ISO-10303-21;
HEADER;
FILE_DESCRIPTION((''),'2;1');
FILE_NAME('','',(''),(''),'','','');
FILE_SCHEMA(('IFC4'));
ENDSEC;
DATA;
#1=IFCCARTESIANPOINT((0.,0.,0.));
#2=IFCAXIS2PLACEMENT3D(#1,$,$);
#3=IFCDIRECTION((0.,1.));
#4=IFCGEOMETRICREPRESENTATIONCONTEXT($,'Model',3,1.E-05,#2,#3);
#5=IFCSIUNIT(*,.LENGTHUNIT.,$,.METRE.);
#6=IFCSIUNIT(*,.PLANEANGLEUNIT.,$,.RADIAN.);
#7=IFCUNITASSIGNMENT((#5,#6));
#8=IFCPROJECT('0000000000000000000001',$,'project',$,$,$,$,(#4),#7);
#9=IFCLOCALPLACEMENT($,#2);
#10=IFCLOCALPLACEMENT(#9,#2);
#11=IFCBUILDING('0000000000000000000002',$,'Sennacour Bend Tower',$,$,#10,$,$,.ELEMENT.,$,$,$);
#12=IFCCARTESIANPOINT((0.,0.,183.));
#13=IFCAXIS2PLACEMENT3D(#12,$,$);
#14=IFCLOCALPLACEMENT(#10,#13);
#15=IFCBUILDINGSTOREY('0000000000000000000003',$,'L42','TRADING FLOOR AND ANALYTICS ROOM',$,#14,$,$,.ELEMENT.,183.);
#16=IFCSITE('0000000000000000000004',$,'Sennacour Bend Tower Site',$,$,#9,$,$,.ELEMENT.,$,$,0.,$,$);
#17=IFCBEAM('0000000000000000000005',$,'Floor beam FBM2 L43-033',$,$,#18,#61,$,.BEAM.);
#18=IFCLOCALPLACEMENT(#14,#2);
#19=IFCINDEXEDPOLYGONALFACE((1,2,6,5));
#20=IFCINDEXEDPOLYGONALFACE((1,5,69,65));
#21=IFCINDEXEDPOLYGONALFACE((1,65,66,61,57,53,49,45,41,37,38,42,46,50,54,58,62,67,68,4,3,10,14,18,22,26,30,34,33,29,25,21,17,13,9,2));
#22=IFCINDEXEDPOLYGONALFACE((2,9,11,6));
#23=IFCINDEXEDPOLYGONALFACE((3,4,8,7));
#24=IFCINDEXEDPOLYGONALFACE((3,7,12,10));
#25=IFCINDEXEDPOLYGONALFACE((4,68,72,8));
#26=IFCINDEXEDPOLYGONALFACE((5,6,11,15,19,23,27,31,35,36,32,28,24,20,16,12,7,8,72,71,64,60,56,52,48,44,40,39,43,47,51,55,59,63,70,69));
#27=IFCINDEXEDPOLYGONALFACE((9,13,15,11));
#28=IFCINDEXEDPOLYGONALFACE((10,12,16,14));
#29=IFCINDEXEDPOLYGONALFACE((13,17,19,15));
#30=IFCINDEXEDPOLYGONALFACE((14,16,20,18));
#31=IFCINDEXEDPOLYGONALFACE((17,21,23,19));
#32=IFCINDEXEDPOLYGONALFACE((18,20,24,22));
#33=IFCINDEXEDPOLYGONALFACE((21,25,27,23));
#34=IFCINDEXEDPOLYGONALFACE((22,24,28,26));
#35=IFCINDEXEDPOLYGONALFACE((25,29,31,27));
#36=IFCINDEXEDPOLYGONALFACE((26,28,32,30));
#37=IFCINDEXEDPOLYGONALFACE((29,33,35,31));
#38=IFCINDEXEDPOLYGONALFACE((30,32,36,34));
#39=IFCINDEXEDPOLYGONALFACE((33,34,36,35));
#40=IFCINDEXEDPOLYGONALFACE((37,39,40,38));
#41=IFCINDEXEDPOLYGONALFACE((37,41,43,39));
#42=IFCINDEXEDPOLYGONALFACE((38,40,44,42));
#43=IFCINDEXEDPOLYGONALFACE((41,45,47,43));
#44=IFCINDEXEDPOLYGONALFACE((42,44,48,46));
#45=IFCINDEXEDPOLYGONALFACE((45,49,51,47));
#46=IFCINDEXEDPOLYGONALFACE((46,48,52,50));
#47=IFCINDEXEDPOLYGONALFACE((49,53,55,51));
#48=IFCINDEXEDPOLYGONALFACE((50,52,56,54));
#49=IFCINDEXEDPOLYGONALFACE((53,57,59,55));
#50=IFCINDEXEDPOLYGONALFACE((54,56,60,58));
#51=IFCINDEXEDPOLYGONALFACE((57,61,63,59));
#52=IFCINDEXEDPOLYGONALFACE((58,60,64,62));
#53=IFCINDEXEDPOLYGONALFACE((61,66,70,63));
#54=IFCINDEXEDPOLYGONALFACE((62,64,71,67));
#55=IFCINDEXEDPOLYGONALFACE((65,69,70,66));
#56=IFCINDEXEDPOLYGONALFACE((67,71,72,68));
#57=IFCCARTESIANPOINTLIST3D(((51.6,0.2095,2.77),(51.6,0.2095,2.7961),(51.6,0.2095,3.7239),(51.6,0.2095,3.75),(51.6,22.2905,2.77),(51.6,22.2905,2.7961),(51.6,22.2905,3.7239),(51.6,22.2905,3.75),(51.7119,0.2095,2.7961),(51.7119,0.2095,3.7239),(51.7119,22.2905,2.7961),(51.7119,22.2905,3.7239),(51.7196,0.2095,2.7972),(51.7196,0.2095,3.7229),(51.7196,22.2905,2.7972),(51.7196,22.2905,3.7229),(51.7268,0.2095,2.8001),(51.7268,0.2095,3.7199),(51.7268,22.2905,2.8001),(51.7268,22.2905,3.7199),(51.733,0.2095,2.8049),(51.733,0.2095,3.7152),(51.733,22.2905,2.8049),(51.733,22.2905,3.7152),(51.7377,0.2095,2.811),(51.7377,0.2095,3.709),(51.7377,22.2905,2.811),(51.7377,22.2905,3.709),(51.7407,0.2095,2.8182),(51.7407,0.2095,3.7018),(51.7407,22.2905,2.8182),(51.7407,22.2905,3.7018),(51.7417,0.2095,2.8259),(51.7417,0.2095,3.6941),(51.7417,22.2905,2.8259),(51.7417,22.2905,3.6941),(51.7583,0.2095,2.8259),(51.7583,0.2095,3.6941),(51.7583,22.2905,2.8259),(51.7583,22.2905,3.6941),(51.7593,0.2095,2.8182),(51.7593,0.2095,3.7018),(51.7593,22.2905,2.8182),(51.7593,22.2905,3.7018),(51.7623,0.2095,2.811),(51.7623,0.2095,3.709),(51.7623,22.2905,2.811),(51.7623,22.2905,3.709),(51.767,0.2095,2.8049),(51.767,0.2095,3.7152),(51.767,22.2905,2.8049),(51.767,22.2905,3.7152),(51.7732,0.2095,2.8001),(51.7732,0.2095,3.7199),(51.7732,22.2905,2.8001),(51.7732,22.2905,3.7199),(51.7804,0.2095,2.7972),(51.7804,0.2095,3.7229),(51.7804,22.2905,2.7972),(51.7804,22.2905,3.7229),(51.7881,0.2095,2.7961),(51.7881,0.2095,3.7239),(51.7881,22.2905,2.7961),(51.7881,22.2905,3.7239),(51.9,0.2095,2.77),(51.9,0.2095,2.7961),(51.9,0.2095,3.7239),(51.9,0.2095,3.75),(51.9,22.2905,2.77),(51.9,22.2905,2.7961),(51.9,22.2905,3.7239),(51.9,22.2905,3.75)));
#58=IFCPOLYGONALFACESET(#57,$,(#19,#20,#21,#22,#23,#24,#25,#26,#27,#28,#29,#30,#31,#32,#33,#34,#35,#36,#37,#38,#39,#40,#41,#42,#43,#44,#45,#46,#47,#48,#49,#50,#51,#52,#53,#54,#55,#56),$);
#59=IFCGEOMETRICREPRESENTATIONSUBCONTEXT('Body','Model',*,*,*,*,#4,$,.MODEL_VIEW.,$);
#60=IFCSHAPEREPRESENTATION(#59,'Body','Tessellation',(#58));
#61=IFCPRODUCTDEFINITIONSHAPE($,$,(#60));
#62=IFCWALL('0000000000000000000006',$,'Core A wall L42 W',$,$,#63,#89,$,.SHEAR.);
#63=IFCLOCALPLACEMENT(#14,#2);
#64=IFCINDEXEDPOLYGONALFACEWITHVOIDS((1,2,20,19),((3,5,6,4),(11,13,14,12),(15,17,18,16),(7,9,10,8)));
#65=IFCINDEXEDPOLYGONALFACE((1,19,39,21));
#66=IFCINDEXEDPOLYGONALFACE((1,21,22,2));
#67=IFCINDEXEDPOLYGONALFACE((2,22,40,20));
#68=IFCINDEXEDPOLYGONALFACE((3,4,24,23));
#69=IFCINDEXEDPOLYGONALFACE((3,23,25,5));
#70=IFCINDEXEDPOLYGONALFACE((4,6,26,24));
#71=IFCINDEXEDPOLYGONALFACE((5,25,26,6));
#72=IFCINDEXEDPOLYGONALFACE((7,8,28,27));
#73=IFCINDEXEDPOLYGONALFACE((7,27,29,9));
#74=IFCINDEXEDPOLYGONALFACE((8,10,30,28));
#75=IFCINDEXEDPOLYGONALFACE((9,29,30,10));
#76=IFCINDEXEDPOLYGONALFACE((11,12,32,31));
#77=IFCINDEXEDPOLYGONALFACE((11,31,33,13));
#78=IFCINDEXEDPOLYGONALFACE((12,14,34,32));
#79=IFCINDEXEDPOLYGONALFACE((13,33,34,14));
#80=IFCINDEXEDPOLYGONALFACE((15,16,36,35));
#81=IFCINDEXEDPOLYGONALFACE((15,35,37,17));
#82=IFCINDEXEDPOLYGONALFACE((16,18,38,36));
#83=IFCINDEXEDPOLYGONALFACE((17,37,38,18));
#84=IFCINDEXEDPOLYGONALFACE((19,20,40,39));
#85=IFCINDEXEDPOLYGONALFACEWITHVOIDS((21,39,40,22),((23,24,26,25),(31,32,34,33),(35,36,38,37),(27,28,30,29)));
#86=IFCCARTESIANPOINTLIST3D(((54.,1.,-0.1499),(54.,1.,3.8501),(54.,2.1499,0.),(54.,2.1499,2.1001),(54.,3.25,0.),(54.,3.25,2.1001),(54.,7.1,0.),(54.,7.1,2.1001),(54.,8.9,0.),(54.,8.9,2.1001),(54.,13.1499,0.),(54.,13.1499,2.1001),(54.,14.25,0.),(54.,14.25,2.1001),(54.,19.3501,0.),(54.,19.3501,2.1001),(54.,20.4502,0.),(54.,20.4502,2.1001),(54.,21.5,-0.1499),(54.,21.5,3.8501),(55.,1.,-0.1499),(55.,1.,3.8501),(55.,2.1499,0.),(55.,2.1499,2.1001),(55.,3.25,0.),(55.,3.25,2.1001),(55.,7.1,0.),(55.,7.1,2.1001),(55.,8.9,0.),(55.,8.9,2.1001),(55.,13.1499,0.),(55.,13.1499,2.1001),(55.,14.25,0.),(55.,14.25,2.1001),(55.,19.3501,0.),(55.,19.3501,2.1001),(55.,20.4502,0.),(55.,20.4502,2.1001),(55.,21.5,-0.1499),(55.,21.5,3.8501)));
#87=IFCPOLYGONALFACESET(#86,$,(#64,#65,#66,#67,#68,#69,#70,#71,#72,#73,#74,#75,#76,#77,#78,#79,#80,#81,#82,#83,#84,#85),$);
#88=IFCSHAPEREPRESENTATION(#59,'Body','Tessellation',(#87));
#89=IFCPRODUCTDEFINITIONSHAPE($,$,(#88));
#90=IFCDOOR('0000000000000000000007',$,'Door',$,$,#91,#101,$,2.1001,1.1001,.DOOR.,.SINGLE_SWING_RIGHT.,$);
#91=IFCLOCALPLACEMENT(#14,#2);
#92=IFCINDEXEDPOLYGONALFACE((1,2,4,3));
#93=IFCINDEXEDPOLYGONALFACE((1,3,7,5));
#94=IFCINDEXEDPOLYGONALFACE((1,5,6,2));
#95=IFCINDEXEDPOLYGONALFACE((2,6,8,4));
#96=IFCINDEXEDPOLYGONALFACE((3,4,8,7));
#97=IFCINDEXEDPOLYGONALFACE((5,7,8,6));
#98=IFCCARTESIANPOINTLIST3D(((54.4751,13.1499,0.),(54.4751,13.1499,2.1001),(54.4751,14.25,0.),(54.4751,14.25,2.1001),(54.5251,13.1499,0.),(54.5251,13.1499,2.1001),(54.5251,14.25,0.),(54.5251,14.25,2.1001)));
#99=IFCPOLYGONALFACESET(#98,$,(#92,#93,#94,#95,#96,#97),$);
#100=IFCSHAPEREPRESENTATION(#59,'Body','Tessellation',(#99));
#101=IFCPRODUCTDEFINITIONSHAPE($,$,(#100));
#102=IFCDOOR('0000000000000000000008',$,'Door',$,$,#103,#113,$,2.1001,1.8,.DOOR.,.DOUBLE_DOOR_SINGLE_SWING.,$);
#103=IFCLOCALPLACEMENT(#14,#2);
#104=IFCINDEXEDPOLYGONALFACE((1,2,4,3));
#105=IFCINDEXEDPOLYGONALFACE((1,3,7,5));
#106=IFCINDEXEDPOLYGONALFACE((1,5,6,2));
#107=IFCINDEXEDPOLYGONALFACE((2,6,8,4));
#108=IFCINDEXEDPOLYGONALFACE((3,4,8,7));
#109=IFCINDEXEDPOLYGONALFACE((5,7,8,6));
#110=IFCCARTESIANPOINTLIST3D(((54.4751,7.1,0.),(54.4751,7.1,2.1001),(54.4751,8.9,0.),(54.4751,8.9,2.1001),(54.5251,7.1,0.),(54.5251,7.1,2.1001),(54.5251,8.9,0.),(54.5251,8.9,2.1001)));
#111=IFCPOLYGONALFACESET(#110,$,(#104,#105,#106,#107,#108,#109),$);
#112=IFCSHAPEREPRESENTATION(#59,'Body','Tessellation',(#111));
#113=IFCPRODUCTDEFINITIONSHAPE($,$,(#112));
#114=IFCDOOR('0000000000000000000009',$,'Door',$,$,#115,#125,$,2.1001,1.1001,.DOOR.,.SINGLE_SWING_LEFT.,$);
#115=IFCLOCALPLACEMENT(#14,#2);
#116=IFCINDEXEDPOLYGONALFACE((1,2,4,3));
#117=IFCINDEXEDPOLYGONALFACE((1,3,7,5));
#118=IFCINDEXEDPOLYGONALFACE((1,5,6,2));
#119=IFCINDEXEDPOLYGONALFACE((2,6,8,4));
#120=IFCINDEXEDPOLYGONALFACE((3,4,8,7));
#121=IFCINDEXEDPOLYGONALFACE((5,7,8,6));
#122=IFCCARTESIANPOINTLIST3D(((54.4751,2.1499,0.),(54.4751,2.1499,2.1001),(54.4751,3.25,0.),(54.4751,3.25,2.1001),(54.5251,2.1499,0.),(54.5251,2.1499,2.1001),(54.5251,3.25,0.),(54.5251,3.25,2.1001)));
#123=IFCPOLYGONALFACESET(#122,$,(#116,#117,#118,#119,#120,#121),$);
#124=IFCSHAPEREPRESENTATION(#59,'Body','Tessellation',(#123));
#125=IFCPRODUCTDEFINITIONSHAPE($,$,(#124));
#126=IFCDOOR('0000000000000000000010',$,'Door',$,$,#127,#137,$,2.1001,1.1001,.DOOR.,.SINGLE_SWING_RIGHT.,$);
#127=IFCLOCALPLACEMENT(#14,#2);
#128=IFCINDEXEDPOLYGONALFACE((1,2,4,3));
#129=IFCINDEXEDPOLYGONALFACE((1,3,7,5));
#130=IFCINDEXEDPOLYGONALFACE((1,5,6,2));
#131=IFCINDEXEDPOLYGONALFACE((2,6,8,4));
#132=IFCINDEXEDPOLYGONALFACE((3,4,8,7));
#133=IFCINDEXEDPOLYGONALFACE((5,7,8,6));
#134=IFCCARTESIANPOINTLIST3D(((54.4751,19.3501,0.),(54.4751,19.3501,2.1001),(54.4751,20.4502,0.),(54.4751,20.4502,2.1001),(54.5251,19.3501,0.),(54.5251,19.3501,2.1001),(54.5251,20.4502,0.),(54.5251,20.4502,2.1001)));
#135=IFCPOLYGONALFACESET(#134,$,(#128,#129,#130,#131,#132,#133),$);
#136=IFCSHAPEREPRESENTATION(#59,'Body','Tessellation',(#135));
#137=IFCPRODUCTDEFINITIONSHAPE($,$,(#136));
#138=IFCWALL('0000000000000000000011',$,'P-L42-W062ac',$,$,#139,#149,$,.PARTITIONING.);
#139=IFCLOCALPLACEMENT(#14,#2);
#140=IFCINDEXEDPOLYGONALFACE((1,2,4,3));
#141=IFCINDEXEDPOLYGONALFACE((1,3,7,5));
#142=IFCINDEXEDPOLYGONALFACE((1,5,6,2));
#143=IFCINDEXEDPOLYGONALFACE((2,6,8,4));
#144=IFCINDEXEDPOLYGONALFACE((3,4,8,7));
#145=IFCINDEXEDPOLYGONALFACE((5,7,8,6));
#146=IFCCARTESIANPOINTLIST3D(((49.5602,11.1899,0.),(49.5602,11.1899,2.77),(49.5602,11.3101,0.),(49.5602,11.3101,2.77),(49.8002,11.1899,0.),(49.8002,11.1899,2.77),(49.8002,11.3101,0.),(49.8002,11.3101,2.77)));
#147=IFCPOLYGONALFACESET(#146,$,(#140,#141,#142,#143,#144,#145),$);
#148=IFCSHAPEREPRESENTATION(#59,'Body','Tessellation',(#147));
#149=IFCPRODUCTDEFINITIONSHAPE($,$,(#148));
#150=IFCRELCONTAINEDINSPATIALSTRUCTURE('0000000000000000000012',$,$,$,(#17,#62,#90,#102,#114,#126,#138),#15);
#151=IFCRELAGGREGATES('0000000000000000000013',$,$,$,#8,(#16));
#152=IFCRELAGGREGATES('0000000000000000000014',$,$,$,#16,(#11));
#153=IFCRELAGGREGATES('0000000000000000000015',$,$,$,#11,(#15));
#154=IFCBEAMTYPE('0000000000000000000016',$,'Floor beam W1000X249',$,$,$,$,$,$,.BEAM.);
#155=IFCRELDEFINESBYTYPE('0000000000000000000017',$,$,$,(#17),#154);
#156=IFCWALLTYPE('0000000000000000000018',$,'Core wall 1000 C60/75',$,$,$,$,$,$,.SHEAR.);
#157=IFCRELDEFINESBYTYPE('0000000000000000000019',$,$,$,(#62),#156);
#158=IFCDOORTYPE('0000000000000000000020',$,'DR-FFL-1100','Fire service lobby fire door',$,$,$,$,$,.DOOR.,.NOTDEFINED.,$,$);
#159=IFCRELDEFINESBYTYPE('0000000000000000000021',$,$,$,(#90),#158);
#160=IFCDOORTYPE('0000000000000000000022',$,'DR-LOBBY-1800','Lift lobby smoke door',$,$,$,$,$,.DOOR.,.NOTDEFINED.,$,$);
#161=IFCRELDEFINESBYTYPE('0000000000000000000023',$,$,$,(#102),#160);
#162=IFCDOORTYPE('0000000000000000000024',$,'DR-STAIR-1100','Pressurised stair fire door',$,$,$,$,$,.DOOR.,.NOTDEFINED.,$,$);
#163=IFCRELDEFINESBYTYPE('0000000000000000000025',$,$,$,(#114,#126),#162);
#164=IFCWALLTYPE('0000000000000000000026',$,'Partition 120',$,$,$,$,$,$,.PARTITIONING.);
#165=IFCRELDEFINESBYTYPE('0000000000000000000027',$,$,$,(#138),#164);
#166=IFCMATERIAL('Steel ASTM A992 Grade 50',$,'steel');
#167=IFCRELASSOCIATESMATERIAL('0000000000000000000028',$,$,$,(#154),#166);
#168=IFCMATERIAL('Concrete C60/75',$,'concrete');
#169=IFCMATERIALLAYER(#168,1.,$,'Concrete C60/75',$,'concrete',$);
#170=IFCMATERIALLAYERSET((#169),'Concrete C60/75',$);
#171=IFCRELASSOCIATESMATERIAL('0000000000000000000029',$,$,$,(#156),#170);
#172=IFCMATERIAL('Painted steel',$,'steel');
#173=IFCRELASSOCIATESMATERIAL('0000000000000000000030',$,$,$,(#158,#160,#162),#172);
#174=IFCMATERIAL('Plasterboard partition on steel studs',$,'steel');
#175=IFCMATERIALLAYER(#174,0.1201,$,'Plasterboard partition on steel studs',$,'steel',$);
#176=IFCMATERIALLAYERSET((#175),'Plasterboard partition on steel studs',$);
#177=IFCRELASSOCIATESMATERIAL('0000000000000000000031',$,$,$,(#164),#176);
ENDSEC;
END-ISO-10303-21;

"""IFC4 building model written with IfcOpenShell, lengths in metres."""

from ifc_helpers import new_model, si_unit, direction, frame, frame_2d, origin, origin_2d, place, context, subcontext, project, spatial, rectangle, i_section, extrude, material, layer, layer_set, material_profile, profile_set, type_object, element, fill, save


model = new_model("IFC4")

# Units and contexts
model_context = context("Model", 3, precision=1e-05, world=origin(), true_north=direction((0.0, 1.0)))
body_context = subcontext(model_context, "Body", "Model", "MODEL_VIEW")
ifc_project = project(units=[si_unit("LENGTHUNIT", "METRE"), si_unit("PLANEANGLEUNIT", "RADIAN")], contexts=[model_context])

# Site, building, storey
site_placement = place(None, origin())
site = spatial("IfcSite", under=ifc_project, at=site_placement, Name="Sennacour Bend Tower Site", CompositionType="ELEMENT", RefElevation=0.0)
building_placement = place(site_placement, origin())
building = spatial("IfcBuilding", under=site, at=building_placement, Name="Sennacour Bend Tower", CompositionType="ELEMENT")
storey_placement = place(building_placement, frame((0.0, 0.0, 183.0)))
storey = spatial("IfcBuildingStorey", under=building, at=storey_placement, Name="L42", Description="TRADING FLOOR AND ANALYTICS ROOM", CompositionType="ELEMENT", Elevation=183.0)

# Beam
ifc_material_1 = material(Name="Steel ASTM A992 Grade 50", Category="steel")
ifc_material_profile = material_profile(ifc_material_1, i_section(OverallWidth=0.3, OverallDepth=0.98, WebThickness=0.0166, FlangeThickness=0.0261, FilletRadius=0.0298, at=origin_2d()), Name="Steel ASTM A992 Grade 50", Category="steel")
ifc_profile_set = profile_set([ifc_material_profile], Name="Steel ASTM A992 Grade 50")
beam_type = type_object("IfcBeamType", Name="Floor beam W1000X249", PredefinedType="BEAM", material=ifc_profile_set)
beam_placement = place(storey_placement, frame((51.75, 0.2095, 3.26), z_axis=(0.0, 1.0, 0.0), x_axis=(-1.0, 0.0, 0.0)))
element("IfcBeam", 1, at=beam_placement, inside=storey, type_object=beam_type, Name="Floor beam FBM2 L43-033", PredefinedType="BEAM", context=body_context, shape_type="SweptSolid", body=[
    extrude(i_section(OverallWidth=0.3, OverallDepth=0.98, WebThickness=0.0166, FlangeThickness=0.0261, FilletRadius=0.0298, at=origin_2d()), origin(), (0.0, 0.0, 1.0), 22.0811),
])

# Wall, openings, doors
ifc_material_2 = material(Name="Concrete C60/75", Category="concrete")
ifc_layer_1 = layer(ifc_material_2, 1.0, Name="Concrete C60/75", Category="concrete")
ifc_layer_set_1 = layer_set([ifc_layer_1], Name="Concrete C60/75")
wall_type_1 = type_object("IfcWallType", Name="Core wall 1000 C60/75", PredefinedType="SHEAR", material=ifc_layer_set_1)
wall_1_placement = place(storey_placement, frame((54.5, 1.0, -0.1499), z_axis=(0.0, 0.0, 1.0), x_axis=(0.0, 1.0, 0.0)))
wall_1 = element("IfcWall", 2, at=wall_1_placement, inside=storey, type_object=wall_type_1, Name="Core A wall L42 W", PredefinedType="SHEAR", context=body_context, shape_type="SweptSolid", body=[
    extrude(rectangle(XDim=20.5, YDim=1.0, at=frame_2d((10.25, 0.0))), origin(), (0.0, 0.0, 1.0), 4.0),
])
opening_1_placement = place(wall_1_placement, frame((6.1001, 0.0, 0.1499)))
opening_1 = element("IfcOpeningElement", 3, at=opening_1_placement, cuts=wall_1, PredefinedType="OPENING", context=body_context, shape_type="SweptSolid", body=[
    extrude(rectangle(XDim=1.8, YDim=2.1001, at=frame_2d((0.8999, 1.05))), frame((0.0, 0.51, 0.0), z_axis=(0.0, -1.0, 0.0), x_axis=(1.0, 0.0, 0.0)), (0.0, 0.0, 1.0), 1.02),
])
opening_2_placement = place(wall_1_placement, frame((12.1499, 0.0, 0.1499)))
opening_2 = element("IfcOpeningElement", 4, at=opening_2_placement, cuts=wall_1, PredefinedType="OPENING", context=body_context, shape_type="SweptSolid", body=[
    extrude(rectangle(XDim=1.1001, YDim=2.1001, at=frame_2d((0.55, 1.05))), frame((0.0, 0.51, 0.0), z_axis=(0.0, -1.0, 0.0), x_axis=(1.0, 0.0, 0.0)), (0.0, 0.0, 1.0), 1.02),
])
opening_3_placement = place(wall_1_placement, frame((1.1499, 0.0, 0.1499)))
opening_3 = element("IfcOpeningElement", 5, at=opening_3_placement, cuts=wall_1, PredefinedType="OPENING", context=body_context, shape_type="SweptSolid", body=[
    extrude(rectangle(XDim=1.1001, YDim=2.1001, at=frame_2d((0.55, 1.05))), frame((0.0, 0.51, 0.0), z_axis=(0.0, -1.0, 0.0), x_axis=(1.0, 0.0, 0.0)), (0.0, 0.0, 1.0), 1.02),
])
opening_4_placement = place(wall_1_placement, frame((18.3501, 0.0, 0.1499)))
opening_4 = element("IfcOpeningElement", 6, at=opening_4_placement, cuts=wall_1, PredefinedType="OPENING", context=body_context, shape_type="SweptSolid", body=[
    extrude(rectangle(XDim=1.1001, YDim=2.1001, at=frame_2d((0.55, 1.05))), frame((0.0, 0.51, 0.0), z_axis=(0.0, -1.0, 0.0), x_axis=(1.0, 0.0, 0.0)), (0.0, 0.0, 1.0), 1.02),
])
ifc_material_3 = material(Name="Painted steel", Category="steel")
door_type_1 = type_object("IfcDoorType", Name="DR-FFL-1100", Description="Fire service lobby fire door", OperationType="NOTDEFINED", PredefinedType="DOOR", material=ifc_material_3)
door_1_placement = place(opening_2_placement, origin())
door_1 = element("IfcDoor", 7, at=door_1_placement, inside=storey, type_object=door_type_1, Name="Door", OperationType="SINGLE_SWING_RIGHT", OverallHeight=2.1001, OverallWidth=1.1001, PredefinedType="DOOR", context=body_context, shape_type="SweptSolid", body=[
    extrude(rectangle(XDim=1.1001, YDim=2.1001, at=frame_2d((0.55, 1.05))), frame((0.0, 0.0249, 0.0), z_axis=(0.0, -1.0, 0.0), x_axis=(1.0, 0.0, 0.0)), (0.0, 0.0, 1.0), 0.05),
])
fill(opening_2, door_1)
door_type_2 = type_object("IfcDoorType", Name="DR-LOBBY-1800", Description="Lift lobby smoke door", OperationType="NOTDEFINED", PredefinedType="DOOR", material=ifc_material_3)
door_2_placement = place(opening_1_placement, origin())
door_2 = element("IfcDoor", 8, at=door_2_placement, inside=storey, type_object=door_type_2, Name="Door", OperationType="DOUBLE_DOOR_SINGLE_SWING", OverallHeight=2.1001, OverallWidth=1.8, PredefinedType="DOOR", context=body_context, shape_type="SweptSolid", body=[
    extrude(rectangle(XDim=1.8, YDim=2.1001, at=frame_2d((0.8999, 1.05))), frame((0.0, 0.0249, 0.0), z_axis=(0.0, -1.0, 0.0), x_axis=(1.0, 0.0, 0.0)), (0.0, 0.0, 1.0), 0.05),
])
fill(opening_1, door_2)
door_type_3 = type_object("IfcDoorType", Name="DR-STAIR-1100", Description="Pressurised stair fire door", OperationType="NOTDEFINED", PredefinedType="DOOR", material=ifc_material_3)
door_3_placement = place(opening_3_placement, origin())
door_3 = element("IfcDoor", 9, at=door_3_placement, inside=storey, type_object=door_type_3, Name="Door", OperationType="SINGLE_SWING_LEFT", OverallHeight=2.1001, OverallWidth=1.1001, PredefinedType="DOOR", context=body_context, shape_type="SweptSolid", body=[
    extrude(rectangle(XDim=1.1001, YDim=2.1001, at=frame_2d((0.55, 1.05))), frame((0.0, 0.0249, 0.0), z_axis=(0.0, -1.0, 0.0), x_axis=(1.0, 0.0, 0.0)), (0.0, 0.0, 1.0), 0.05),
])
fill(opening_3, door_3)
door_4_placement = place(opening_4_placement, origin())
door_4 = element("IfcDoor", 10, at=door_4_placement, inside=storey, type_object=door_type_3, Name="Door", OperationType="SINGLE_SWING_RIGHT", OverallHeight=2.1001, OverallWidth=1.1001, PredefinedType="DOOR", context=body_context, shape_type="SweptSolid", body=[
    extrude(rectangle(XDim=1.1001, YDim=2.1001, at=frame_2d((0.55, 1.05))), frame((0.0, 0.0249, 0.0), z_axis=(0.0, -1.0, 0.0), x_axis=(1.0, 0.0, 0.0)), (0.0, 0.0, 1.0), 0.05),
])
fill(opening_4, door_4)

# Wall
ifc_material_4 = material(Name="Plasterboard partition on steel studs", Category="steel")
ifc_layer_2 = layer(ifc_material_4, 0.1201, Name="Plasterboard partition on steel studs", Category="steel")
ifc_layer_set_2 = layer_set([ifc_layer_2], Name="Plasterboard partition on steel studs")
wall_type_2 = type_object("IfcWallType", Name="Partition 120", PredefinedType="PARTITIONING", material=ifc_layer_set_2)
wall_2_placement = place(storey_placement, frame((49.5601, 11.25, 0.0), z_axis=(0.0, 0.0, 1.0), x_axis=(1.0, 0.0, 0.0)))
element("IfcWall", 11, at=wall_2_placement, inside=storey, type_object=wall_type_2, Name="P-L42-W062ac", PredefinedType="PARTITIONING", context=body_context, shape_type="SweptSolid", body=[
    extrude(rectangle(XDim=0.24, YDim=0.1201, at=frame_2d((0.1201, 0.0))), origin(), (0.0, 0.0, 1.0), 2.77),
])

save(model, "model.ifc")
